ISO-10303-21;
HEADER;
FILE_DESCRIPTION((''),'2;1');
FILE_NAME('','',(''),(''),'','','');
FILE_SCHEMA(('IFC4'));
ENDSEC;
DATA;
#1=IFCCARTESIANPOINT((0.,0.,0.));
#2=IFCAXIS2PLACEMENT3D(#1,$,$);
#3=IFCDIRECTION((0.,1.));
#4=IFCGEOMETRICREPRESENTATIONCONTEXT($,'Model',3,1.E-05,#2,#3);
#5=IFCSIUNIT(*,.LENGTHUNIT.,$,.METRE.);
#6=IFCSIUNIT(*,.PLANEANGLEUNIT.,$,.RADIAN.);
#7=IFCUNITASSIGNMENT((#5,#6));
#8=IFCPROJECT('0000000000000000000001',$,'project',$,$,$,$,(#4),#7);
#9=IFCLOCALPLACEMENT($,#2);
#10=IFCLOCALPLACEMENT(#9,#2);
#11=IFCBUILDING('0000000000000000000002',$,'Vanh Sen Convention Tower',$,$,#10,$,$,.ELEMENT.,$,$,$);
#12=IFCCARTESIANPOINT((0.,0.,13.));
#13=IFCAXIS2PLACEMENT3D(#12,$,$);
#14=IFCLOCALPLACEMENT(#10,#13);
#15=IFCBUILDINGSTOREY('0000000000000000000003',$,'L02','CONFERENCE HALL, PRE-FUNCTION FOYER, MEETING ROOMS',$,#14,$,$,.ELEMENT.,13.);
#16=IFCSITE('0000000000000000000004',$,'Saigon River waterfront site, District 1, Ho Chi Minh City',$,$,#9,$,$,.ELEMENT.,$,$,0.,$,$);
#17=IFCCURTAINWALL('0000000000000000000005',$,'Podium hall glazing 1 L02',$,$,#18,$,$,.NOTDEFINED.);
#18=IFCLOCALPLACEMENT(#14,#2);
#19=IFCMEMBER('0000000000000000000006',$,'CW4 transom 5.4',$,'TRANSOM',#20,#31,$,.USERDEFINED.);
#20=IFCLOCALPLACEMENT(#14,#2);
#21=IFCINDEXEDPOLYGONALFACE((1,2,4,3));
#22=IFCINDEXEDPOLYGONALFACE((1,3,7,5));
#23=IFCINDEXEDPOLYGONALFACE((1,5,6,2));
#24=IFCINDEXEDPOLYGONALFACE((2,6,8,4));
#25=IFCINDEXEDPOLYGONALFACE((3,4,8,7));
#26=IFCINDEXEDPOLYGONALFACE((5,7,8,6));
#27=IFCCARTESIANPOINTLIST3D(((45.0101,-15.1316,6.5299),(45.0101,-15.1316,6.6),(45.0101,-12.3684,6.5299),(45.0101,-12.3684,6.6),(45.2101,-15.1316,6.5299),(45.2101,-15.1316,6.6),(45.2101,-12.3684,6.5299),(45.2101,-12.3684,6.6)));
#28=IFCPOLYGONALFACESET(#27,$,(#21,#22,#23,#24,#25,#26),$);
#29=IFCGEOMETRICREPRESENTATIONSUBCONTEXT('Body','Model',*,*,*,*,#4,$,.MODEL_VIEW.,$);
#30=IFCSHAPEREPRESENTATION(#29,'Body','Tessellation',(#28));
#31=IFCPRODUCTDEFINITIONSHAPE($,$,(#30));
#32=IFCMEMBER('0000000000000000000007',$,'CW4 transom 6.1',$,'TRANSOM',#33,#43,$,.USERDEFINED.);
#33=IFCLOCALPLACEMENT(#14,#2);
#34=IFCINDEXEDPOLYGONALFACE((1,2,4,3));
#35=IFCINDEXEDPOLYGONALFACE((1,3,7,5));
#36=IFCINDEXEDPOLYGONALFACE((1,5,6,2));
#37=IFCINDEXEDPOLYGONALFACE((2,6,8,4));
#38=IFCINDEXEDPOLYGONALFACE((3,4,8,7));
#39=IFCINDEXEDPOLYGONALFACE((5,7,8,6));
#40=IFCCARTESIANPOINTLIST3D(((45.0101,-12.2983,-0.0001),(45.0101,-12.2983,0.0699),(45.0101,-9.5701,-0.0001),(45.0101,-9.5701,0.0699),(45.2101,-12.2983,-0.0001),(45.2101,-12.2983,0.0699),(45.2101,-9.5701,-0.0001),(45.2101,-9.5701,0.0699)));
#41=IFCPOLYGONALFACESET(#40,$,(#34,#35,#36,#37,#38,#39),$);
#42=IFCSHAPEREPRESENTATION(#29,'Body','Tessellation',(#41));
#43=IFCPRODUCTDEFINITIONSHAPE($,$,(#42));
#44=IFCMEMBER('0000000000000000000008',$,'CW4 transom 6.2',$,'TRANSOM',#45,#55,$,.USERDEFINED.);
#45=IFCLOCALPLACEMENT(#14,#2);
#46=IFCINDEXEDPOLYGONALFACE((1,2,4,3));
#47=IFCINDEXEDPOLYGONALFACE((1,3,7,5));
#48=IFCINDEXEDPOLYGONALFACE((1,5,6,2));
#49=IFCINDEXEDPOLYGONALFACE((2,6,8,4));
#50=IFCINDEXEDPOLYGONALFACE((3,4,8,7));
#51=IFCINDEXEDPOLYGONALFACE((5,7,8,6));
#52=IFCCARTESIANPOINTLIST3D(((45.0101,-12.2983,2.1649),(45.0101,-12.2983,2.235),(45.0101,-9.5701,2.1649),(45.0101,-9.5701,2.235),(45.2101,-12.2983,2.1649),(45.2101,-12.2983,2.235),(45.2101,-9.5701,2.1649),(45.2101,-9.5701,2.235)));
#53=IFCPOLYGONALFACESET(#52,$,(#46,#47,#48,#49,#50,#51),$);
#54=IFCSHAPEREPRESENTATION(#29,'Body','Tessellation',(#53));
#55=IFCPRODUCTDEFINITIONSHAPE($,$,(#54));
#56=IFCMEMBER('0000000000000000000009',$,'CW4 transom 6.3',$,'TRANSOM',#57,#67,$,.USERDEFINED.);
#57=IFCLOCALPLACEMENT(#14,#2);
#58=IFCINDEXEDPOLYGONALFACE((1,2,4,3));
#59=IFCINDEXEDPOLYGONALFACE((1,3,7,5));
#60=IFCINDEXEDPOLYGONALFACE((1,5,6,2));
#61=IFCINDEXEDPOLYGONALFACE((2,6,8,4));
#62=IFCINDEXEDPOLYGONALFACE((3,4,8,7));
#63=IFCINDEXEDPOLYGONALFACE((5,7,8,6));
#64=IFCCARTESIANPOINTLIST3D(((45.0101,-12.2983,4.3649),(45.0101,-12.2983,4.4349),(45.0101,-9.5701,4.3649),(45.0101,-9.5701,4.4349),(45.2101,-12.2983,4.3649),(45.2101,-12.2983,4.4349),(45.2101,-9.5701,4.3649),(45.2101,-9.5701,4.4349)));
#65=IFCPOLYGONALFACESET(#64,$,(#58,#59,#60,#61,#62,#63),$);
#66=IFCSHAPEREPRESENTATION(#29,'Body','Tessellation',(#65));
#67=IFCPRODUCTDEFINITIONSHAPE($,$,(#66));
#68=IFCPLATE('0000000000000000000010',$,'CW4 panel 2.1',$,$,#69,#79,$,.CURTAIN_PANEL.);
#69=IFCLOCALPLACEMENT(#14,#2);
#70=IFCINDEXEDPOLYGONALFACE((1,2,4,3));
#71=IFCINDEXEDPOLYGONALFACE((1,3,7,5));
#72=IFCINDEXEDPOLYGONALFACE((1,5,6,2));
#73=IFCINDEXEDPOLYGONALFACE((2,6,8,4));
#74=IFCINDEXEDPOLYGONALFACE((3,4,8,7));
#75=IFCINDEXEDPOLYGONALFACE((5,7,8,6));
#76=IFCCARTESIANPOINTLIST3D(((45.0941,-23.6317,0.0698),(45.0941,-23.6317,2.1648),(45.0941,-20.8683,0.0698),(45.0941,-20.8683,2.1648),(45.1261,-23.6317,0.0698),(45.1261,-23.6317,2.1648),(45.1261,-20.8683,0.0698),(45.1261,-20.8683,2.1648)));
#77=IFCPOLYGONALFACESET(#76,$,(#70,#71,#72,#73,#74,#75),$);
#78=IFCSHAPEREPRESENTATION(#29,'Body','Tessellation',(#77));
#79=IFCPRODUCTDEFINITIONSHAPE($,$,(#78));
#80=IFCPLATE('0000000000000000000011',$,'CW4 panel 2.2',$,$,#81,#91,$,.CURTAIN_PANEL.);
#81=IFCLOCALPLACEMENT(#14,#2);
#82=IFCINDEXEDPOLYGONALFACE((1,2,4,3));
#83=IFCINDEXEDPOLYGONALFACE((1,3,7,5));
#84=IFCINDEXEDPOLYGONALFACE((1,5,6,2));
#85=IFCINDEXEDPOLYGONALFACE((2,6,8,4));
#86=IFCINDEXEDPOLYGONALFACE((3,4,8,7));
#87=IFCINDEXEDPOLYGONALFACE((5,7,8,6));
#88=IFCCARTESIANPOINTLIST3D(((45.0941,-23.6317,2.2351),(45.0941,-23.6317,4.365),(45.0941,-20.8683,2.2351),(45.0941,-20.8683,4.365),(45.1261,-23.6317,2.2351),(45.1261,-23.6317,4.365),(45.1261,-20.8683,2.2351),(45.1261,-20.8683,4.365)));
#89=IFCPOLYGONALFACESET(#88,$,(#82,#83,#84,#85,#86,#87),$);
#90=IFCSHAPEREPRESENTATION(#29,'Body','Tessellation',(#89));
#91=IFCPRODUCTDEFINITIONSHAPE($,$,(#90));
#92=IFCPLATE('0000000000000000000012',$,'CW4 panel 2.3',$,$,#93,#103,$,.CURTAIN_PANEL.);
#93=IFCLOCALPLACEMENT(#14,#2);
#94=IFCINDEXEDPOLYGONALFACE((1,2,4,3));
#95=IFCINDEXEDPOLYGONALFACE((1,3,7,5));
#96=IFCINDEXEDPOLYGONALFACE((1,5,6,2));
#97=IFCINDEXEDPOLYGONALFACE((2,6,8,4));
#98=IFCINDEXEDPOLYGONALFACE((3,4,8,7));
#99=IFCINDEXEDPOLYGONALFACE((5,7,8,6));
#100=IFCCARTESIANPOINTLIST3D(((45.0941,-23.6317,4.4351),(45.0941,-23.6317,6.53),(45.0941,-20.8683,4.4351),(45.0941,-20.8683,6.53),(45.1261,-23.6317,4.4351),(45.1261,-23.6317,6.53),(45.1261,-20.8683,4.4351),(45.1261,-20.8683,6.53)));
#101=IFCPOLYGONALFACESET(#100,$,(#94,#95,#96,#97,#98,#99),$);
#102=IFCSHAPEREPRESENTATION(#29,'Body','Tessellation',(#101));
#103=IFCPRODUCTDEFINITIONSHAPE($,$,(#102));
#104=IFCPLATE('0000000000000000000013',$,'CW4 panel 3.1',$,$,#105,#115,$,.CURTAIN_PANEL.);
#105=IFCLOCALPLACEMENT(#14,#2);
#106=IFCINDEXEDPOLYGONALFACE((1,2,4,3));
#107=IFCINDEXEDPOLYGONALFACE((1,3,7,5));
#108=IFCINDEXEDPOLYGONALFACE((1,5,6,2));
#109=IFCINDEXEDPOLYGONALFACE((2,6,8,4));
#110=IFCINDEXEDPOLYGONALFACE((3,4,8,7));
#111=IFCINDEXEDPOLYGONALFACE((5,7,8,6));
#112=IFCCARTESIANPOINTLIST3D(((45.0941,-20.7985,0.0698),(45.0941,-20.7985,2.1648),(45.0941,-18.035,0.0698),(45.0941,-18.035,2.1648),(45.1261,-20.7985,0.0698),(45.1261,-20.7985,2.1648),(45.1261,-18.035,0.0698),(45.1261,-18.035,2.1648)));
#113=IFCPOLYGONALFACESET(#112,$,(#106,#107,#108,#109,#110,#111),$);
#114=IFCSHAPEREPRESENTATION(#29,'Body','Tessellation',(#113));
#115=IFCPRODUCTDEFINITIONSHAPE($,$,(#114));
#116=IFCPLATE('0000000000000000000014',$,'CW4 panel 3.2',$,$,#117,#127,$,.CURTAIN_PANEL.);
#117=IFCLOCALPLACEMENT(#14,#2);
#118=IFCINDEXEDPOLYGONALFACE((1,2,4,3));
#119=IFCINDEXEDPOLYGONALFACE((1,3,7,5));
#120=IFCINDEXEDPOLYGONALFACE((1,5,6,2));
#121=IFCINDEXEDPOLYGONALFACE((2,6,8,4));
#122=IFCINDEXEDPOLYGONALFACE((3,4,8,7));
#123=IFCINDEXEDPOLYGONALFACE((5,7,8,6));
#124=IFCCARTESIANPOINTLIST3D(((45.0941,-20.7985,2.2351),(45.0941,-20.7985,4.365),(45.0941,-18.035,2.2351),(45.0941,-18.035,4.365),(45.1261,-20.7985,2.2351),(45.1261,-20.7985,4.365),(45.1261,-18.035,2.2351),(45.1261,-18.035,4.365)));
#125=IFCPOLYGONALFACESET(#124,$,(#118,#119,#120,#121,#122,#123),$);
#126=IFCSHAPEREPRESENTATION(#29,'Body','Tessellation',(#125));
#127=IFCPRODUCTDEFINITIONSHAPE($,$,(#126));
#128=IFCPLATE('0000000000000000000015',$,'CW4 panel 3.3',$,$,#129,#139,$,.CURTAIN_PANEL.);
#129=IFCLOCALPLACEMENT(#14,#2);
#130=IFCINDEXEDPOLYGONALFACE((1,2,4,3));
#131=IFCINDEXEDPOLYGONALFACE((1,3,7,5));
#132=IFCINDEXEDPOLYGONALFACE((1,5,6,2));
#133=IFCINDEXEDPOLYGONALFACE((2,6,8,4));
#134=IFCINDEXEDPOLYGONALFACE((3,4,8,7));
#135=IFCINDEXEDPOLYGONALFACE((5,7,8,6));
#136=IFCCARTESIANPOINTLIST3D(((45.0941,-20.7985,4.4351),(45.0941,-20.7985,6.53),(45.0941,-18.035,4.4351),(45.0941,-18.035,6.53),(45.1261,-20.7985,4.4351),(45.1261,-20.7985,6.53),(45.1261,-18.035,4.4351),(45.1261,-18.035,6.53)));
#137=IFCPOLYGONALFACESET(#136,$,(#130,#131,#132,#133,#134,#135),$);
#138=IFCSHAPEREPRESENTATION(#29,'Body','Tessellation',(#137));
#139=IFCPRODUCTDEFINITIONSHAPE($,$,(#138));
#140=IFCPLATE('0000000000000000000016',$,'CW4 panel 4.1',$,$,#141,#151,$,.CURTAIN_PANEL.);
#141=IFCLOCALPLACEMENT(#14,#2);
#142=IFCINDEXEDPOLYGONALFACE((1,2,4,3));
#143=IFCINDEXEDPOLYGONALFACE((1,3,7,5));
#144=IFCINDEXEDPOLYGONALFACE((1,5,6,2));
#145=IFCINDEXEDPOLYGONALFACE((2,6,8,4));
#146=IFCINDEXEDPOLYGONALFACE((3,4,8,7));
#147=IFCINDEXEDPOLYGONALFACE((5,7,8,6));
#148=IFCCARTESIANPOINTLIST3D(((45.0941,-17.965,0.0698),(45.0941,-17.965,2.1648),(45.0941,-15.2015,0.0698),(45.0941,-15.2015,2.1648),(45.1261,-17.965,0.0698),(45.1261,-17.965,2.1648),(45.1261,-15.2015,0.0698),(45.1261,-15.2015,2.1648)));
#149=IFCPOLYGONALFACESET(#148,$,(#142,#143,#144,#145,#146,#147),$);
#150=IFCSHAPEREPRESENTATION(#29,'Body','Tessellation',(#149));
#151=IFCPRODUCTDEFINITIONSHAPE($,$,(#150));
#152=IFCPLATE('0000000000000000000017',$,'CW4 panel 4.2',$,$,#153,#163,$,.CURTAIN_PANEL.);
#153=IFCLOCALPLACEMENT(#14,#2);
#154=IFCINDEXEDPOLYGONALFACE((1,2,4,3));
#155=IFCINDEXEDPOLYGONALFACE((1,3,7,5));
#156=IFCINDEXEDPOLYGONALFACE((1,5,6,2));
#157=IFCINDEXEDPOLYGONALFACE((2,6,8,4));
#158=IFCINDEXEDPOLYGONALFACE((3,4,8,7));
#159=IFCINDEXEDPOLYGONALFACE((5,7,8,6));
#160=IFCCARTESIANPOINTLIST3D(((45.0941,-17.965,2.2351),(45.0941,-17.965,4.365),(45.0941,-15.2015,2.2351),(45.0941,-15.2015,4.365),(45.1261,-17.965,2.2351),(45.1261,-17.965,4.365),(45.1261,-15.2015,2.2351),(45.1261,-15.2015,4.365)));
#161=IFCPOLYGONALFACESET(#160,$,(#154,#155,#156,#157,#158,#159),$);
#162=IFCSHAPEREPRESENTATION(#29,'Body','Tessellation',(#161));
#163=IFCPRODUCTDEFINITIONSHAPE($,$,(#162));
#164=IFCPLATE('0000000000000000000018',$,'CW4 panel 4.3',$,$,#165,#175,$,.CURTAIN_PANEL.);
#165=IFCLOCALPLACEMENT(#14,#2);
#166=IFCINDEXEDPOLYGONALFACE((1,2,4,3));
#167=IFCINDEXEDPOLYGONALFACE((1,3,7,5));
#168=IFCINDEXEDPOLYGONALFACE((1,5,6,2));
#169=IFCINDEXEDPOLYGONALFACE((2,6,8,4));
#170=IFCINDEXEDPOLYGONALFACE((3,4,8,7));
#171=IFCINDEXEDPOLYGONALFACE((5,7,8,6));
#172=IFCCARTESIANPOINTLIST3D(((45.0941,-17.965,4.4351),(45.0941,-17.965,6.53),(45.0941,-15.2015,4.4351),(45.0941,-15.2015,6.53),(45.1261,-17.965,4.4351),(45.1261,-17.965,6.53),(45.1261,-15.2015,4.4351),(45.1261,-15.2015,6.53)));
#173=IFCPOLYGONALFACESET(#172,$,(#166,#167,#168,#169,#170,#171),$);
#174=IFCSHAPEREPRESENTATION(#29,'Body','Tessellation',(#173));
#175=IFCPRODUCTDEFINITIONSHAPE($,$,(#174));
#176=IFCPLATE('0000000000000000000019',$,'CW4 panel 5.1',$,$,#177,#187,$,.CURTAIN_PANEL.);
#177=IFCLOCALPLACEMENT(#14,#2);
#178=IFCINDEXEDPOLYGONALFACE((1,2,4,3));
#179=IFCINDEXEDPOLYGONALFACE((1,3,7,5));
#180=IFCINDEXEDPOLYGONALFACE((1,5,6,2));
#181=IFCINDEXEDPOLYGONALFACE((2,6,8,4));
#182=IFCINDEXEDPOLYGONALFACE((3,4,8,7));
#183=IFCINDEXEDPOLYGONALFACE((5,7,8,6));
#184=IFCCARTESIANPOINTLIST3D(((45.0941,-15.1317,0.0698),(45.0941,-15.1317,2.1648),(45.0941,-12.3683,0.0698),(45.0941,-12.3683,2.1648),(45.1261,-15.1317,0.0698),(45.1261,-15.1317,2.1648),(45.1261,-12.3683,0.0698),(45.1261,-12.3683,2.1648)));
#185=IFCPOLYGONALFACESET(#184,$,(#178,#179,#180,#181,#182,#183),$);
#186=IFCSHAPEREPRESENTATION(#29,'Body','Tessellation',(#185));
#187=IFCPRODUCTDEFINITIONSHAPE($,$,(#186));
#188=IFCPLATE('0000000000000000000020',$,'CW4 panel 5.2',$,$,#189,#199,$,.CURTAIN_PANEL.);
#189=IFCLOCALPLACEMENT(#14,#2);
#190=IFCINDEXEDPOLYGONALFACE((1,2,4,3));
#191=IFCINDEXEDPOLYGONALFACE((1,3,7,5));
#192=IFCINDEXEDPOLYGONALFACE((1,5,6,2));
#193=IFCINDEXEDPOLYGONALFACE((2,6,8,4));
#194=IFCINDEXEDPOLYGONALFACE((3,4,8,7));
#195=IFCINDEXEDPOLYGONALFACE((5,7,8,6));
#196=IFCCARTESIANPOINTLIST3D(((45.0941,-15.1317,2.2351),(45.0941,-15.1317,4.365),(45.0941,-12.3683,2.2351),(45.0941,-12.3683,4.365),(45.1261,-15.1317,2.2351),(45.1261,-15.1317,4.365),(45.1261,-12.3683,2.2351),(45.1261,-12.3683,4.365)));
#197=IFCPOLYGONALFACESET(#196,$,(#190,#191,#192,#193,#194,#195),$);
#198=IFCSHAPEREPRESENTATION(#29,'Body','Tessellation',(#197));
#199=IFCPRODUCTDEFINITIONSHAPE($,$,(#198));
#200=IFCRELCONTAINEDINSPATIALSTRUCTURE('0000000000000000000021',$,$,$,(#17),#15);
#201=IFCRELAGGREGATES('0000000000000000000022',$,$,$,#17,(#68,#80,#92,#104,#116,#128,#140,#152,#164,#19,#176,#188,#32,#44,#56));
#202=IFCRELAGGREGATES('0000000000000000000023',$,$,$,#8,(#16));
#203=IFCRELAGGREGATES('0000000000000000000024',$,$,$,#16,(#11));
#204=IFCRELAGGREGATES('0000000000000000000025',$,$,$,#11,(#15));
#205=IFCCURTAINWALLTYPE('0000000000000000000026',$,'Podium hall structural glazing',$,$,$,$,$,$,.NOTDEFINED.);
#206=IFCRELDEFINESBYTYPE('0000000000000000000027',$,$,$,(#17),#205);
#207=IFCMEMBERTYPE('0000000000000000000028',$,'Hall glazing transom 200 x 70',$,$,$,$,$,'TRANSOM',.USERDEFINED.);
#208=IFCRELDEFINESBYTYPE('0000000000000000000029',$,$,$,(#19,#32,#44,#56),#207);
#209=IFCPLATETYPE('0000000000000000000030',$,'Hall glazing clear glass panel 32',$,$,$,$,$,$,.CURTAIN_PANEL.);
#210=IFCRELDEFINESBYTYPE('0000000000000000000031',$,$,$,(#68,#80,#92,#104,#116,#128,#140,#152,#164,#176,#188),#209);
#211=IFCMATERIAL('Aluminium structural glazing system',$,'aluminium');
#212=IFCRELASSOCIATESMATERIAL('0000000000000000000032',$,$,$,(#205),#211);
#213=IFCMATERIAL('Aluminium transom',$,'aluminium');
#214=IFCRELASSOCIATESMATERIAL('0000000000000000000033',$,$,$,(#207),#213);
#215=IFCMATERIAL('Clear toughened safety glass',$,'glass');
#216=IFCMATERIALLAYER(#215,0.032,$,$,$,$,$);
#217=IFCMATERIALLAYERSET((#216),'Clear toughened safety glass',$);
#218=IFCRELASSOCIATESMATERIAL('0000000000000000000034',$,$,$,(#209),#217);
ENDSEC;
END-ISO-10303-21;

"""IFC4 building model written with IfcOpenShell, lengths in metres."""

from ifc_helpers import new_model, si_unit, direction, frame, origin, origin_2d, place, context, subcontext, project, spatial, rectangle, extrude, material, layer, layer_set, material_profile, profile_set, type_object, element, aggregate, save


model = new_model("IFC4")

# Units and contexts
model_context = context("Model", 3, precision=1e-05, world=origin(), true_north=direction((0.0, 1.0)))
body_context = subcontext(model_context, "Body", "Model", "MODEL_VIEW")
ifc_project = project(units=[si_unit("LENGTHUNIT", "METRE"), si_unit("PLANEANGLEUNIT", "RADIAN")], contexts=[model_context])

# Site, building, storey
site_placement = place(None, origin())
site = spatial("IfcSite", under=ifc_project, at=site_placement, Name="Saigon River waterfront site, District 1, Ho Chi Minh City", CompositionType="ELEMENT", RefElevation=0.0)
building_placement = place(site_placement, origin())
building = spatial("IfcBuilding", under=site, at=building_placement, Name="Vanh Sen Convention Tower", CompositionType="ELEMENT")
storey_placement = place(building_placement, frame((0.0, 0.0, 13.0)))
storey = spatial("IfcBuildingStorey", under=building, at=storey_placement, Name="L02", Description="CONFERENCE HALL, PRE-FUNCTION FOYER, MEETING ROOMS", CompositionType="ELEMENT", Elevation=13.0)

# Curtain wall, members, plates
ifc_material_1 = material(Name="Aluminium structural glazing system", Category="aluminium")
curtain_wall_type = type_object("IfcCurtainWallType", Name="Podium hall structural glazing", PredefinedType="NOTDEFINED", material=ifc_material_1)
curtain_wall_placement = place(storey_placement, origin())
curtain_wall = element("IfcCurtainWall", 1, at=curtain_wall_placement, inside=storey, type_object=curtain_wall_type, Name="Podium hall glazing 1 L02", PredefinedType="NOTDEFINED")
ifc_material_2 = material(Name="Aluminium transom", Category="aluminium")
ifc_material_profile_1 = material_profile(ifc_material_2, rectangle(XDim=0.2, YDim=0.0701, at=origin_2d()), Name="Hall glazing transom 200 x 70")
ifc_profile_set_1 = profile_set([ifc_material_profile_1], Name="Aluminium transom")
member_type_1 = type_object("IfcMemberType", Name="Hall glazing transom 200 x 70", ElementType="TRANSOM", PredefinedType="USERDEFINED", material=ifc_profile_set_1)
member_1_placement = place(storey_placement, frame((45.1101, -15.1316, 6.5649), z_axis=(0.0, 1.0, 0.0), x_axis=(-1.0, 0.0, 0.0)))
member_1 = element("IfcMember", 2, at=member_1_placement, type_object=member_type_1, Name="CW4 transom 5.4", ObjectType="TRANSOM", PredefinedType="USERDEFINED", context=body_context, shape_type="SweptSolid", body=[
    extrude(rectangle(XDim=0.2, YDim=0.0701, at=origin_2d()), origin(), (0.0, 0.0, 1.0), 2.7632),
])
member_2_placement = place(storey_placement, frame((45.1101, -12.2983, 0.0349), z_axis=(0.0, 1.0, 0.0), x_axis=(-1.0, 0.0, 0.0)))
member_2 = element("IfcMember", 3, at=member_2_placement, type_object=member_type_1, Name="CW4 transom 6.1", ObjectType="TRANSOM", PredefinedType="USERDEFINED", context=body_context, shape_type="SweptSolid", body=[
    extrude(rectangle(XDim=0.2, YDim=0.0701, at=origin_2d()), origin(), (0.0, 0.0, 1.0), 2.7283),
])
member_3_placement = place(storey_placement, frame((45.1101, -12.2983, 2.2), z_axis=(0.0, 1.0, 0.0), x_axis=(-1.0, 0.0, 0.0)))
member_3 = element("IfcMember", 4, at=member_3_placement, type_object=member_type_1, Name="CW4 transom 6.2", ObjectType="TRANSOM", PredefinedType="USERDEFINED", context=body_context, shape_type="SweptSolid", body=[
    extrude(rectangle(XDim=0.2, YDim=0.0701, at=origin_2d()), origin(), (0.0, 0.0, 1.0), 2.7283),
])
member_4_placement = place(storey_placement, frame((45.1101, -12.2983, 4.3999), z_axis=(0.0, 1.0, 0.0), x_axis=(-1.0, 0.0, 0.0)))
member_4 = element("IfcMember", 5, at=member_4_placement, type_object=member_type_1, Name="CW4 transom 6.3", ObjectType="TRANSOM", PredefinedType="USERDEFINED", context=body_context, shape_type="SweptSolid", body=[
    extrude(rectangle(XDim=0.2, YDim=0.0701, at=origin_2d()), origin(), (0.0, 0.0, 1.0), 2.7283),
])
ifc_material_3 = material(Name="Clear toughened safety glass", Category="glass")
ifc_layer = layer(ifc_material_3, 0.032)
ifc_layer_set = layer_set([ifc_layer], Name="Clear toughened safety glass")
plate_type = type_object("IfcPlateType", Name="Hall glazing clear glass panel 32", PredefinedType="CURTAIN_PANEL", material=ifc_layer_set)
plate_1_placement = place(storey_placement, frame((45.1101, -22.25, 0.0698), z_axis=(0.0, 0.0, 1.0), x_axis=(0.0, 1.0, 0.0)))
plate_1 = element("IfcPlate", 6, at=plate_1_placement, type_object=plate_type, Name="CW4 panel 2.1", PredefinedType="CURTAIN_PANEL", context=body_context, shape_type="SweptSolid", body=[
    extrude(rectangle(XDim=2.7634, YDim=0.032, at=origin_2d()), origin(), (0.0, 0.0, 1.0), 2.095),
])
plate_2_placement = place(storey_placement, frame((45.1101, -22.25, 2.2351), z_axis=(0.0, 0.0, 1.0), x_axis=(0.0, 1.0, 0.0)))
plate_2 = element("IfcPlate", 7, at=plate_2_placement, type_object=plate_type, Name="CW4 panel 2.2", PredefinedType="CURTAIN_PANEL", context=body_context, shape_type="SweptSolid", body=[
    extrude(rectangle(XDim=2.7634, YDim=0.032, at=origin_2d()), origin(), (0.0, 0.0, 1.0), 2.1299),
])
plate_3_placement = place(storey_placement, frame((45.1101, -22.25, 4.4351), z_axis=(0.0, 0.0, 1.0), x_axis=(0.0, 1.0, 0.0)))
plate_3 = element("IfcPlate", 8, at=plate_3_placement, type_object=plate_type, Name="CW4 panel 2.3", PredefinedType="CURTAIN_PANEL", context=body_context, shape_type="SweptSolid", body=[
    extrude(rectangle(XDim=2.7634, YDim=0.032, at=origin_2d()), origin(), (0.0, 0.0, 1.0), 2.095),
])
plate_4_placement = place(storey_placement, frame((45.1101, -19.4167, 0.0698), z_axis=(0.0, 0.0, 1.0), x_axis=(0.0, 1.0, 0.0)))
plate_4 = element("IfcPlate", 9, at=plate_4_placement, type_object=plate_type, Name="CW4 panel 3.1", PredefinedType="CURTAIN_PANEL", context=body_context, shape_type="SweptSolid", body=[
    extrude(rectangle(XDim=2.7634, YDim=0.032, at=origin_2d()), origin(), (0.0, 0.0, 1.0), 2.095),
])
plate_5_placement = place(storey_placement, frame((45.1101, -19.4167, 2.2351), z_axis=(0.0, 0.0, 1.0), x_axis=(0.0, 1.0, 0.0)))
plate_5 = element("IfcPlate", 10, at=plate_5_placement, type_object=plate_type, Name="CW4 panel 3.2", PredefinedType="CURTAIN_PANEL", context=body_context, shape_type="SweptSolid", body=[
    extrude(rectangle(XDim=2.7634, YDim=0.032, at=origin_2d()), origin(), (0.0, 0.0, 1.0), 2.1299),
])
plate_6_placement = place(storey_placement, frame((45.1101, -19.4167, 4.4351), z_axis=(0.0, 0.0, 1.0), x_axis=(0.0, 1.0, 0.0)))
plate_6 = element("IfcPlate", 11, at=plate_6_placement, type_object=plate_type, Name="CW4 panel 3.3", PredefinedType="CURTAIN_PANEL", context=body_context, shape_type="SweptSolid", body=[
    extrude(rectangle(XDim=2.7634, YDim=0.032, at=origin_2d()), origin(), (0.0, 0.0, 1.0), 2.095),
])
plate_7_placement = place(storey_placement, frame((45.1101, -16.5833, 0.0698), z_axis=(0.0, 0.0, 1.0), x_axis=(0.0, 1.0, 0.0)))
plate_7 = element("IfcPlate", 12, at=plate_7_placement, type_object=plate_type, Name="CW4 panel 4.1", PredefinedType="CURTAIN_PANEL", context=body_context, shape_type="SweptSolid", body=[
    extrude(rectangle(XDim=2.7634, YDim=0.032, at=origin_2d()), origin(), (0.0, 0.0, 1.0), 2.095),
])
plate_8_placement = place(storey_placement, frame((45.1101, -16.5833, 2.2351), z_axis=(0.0, 0.0, 1.0), x_axis=(0.0, 1.0, 0.0)))
plate_8 = element("IfcPlate", 13, at=plate_8_placement, type_object=plate_type, Name="CW4 panel 4.2", PredefinedType="CURTAIN_PANEL", context=body_context, shape_type="SweptSolid", body=[
    extrude(rectangle(XDim=2.7634, YDim=0.032, at=origin_2d()), origin(), (0.0, 0.0, 1.0), 2.1299),
])
plate_9_placement = place(storey_placement, frame((45.1101, -16.5833, 4.4351), z_axis=(0.0, 0.0, 1.0), x_axis=(0.0, 1.0, 0.0)))
plate_9 = element("IfcPlate", 14, at=plate_9_placement, type_object=plate_type, Name="CW4 panel 4.3", PredefinedType="CURTAIN_PANEL", context=body_context, shape_type="SweptSolid", body=[
    extrude(rectangle(XDim=2.7634, YDim=0.032, at=origin_2d()), origin(), (0.0, 0.0, 1.0), 2.095),
])
plate_10_placement = place(storey_placement, frame((45.1101, -13.75, 0.0698), z_axis=(0.0, 0.0, 1.0), x_axis=(0.0, 1.0, 0.0)))
plate_10 = element("IfcPlate", 15, at=plate_10_placement, type_object=plate_type, Name="CW4 panel 5.1", PredefinedType="CURTAIN_PANEL", context=body_context, shape_type="SweptSolid", body=[
    extrude(rectangle(XDim=2.7634, YDim=0.032, at=origin_2d()), origin(), (0.0, 0.0, 1.0), 2.095),
])
plate_11_placement = place(storey_placement, frame((45.1101, -13.75, 2.2351), z_axis=(0.0, 0.0, 1.0), x_axis=(0.0, 1.0, 0.0)))
plate_11 = element("IfcPlate", 16, at=plate_11_placement, type_object=plate_type, Name="CW4 panel 5.2", PredefinedType="CURTAIN_PANEL", context=body_context, shape_type="SweptSolid", body=[
    extrude(rectangle(XDim=2.7634, YDim=0.032, at=origin_2d()), origin(), (0.0, 0.0, 1.0), 2.1299),
])
aggregate(curtain_wall, [plate_1, plate_2, plate_3, plate_4, plate_5, plate_6, plate_7, plate_8, plate_9, member_1, plate_10, plate_11, member_2, member_3, member_4])

save(model, "model.ifc")
